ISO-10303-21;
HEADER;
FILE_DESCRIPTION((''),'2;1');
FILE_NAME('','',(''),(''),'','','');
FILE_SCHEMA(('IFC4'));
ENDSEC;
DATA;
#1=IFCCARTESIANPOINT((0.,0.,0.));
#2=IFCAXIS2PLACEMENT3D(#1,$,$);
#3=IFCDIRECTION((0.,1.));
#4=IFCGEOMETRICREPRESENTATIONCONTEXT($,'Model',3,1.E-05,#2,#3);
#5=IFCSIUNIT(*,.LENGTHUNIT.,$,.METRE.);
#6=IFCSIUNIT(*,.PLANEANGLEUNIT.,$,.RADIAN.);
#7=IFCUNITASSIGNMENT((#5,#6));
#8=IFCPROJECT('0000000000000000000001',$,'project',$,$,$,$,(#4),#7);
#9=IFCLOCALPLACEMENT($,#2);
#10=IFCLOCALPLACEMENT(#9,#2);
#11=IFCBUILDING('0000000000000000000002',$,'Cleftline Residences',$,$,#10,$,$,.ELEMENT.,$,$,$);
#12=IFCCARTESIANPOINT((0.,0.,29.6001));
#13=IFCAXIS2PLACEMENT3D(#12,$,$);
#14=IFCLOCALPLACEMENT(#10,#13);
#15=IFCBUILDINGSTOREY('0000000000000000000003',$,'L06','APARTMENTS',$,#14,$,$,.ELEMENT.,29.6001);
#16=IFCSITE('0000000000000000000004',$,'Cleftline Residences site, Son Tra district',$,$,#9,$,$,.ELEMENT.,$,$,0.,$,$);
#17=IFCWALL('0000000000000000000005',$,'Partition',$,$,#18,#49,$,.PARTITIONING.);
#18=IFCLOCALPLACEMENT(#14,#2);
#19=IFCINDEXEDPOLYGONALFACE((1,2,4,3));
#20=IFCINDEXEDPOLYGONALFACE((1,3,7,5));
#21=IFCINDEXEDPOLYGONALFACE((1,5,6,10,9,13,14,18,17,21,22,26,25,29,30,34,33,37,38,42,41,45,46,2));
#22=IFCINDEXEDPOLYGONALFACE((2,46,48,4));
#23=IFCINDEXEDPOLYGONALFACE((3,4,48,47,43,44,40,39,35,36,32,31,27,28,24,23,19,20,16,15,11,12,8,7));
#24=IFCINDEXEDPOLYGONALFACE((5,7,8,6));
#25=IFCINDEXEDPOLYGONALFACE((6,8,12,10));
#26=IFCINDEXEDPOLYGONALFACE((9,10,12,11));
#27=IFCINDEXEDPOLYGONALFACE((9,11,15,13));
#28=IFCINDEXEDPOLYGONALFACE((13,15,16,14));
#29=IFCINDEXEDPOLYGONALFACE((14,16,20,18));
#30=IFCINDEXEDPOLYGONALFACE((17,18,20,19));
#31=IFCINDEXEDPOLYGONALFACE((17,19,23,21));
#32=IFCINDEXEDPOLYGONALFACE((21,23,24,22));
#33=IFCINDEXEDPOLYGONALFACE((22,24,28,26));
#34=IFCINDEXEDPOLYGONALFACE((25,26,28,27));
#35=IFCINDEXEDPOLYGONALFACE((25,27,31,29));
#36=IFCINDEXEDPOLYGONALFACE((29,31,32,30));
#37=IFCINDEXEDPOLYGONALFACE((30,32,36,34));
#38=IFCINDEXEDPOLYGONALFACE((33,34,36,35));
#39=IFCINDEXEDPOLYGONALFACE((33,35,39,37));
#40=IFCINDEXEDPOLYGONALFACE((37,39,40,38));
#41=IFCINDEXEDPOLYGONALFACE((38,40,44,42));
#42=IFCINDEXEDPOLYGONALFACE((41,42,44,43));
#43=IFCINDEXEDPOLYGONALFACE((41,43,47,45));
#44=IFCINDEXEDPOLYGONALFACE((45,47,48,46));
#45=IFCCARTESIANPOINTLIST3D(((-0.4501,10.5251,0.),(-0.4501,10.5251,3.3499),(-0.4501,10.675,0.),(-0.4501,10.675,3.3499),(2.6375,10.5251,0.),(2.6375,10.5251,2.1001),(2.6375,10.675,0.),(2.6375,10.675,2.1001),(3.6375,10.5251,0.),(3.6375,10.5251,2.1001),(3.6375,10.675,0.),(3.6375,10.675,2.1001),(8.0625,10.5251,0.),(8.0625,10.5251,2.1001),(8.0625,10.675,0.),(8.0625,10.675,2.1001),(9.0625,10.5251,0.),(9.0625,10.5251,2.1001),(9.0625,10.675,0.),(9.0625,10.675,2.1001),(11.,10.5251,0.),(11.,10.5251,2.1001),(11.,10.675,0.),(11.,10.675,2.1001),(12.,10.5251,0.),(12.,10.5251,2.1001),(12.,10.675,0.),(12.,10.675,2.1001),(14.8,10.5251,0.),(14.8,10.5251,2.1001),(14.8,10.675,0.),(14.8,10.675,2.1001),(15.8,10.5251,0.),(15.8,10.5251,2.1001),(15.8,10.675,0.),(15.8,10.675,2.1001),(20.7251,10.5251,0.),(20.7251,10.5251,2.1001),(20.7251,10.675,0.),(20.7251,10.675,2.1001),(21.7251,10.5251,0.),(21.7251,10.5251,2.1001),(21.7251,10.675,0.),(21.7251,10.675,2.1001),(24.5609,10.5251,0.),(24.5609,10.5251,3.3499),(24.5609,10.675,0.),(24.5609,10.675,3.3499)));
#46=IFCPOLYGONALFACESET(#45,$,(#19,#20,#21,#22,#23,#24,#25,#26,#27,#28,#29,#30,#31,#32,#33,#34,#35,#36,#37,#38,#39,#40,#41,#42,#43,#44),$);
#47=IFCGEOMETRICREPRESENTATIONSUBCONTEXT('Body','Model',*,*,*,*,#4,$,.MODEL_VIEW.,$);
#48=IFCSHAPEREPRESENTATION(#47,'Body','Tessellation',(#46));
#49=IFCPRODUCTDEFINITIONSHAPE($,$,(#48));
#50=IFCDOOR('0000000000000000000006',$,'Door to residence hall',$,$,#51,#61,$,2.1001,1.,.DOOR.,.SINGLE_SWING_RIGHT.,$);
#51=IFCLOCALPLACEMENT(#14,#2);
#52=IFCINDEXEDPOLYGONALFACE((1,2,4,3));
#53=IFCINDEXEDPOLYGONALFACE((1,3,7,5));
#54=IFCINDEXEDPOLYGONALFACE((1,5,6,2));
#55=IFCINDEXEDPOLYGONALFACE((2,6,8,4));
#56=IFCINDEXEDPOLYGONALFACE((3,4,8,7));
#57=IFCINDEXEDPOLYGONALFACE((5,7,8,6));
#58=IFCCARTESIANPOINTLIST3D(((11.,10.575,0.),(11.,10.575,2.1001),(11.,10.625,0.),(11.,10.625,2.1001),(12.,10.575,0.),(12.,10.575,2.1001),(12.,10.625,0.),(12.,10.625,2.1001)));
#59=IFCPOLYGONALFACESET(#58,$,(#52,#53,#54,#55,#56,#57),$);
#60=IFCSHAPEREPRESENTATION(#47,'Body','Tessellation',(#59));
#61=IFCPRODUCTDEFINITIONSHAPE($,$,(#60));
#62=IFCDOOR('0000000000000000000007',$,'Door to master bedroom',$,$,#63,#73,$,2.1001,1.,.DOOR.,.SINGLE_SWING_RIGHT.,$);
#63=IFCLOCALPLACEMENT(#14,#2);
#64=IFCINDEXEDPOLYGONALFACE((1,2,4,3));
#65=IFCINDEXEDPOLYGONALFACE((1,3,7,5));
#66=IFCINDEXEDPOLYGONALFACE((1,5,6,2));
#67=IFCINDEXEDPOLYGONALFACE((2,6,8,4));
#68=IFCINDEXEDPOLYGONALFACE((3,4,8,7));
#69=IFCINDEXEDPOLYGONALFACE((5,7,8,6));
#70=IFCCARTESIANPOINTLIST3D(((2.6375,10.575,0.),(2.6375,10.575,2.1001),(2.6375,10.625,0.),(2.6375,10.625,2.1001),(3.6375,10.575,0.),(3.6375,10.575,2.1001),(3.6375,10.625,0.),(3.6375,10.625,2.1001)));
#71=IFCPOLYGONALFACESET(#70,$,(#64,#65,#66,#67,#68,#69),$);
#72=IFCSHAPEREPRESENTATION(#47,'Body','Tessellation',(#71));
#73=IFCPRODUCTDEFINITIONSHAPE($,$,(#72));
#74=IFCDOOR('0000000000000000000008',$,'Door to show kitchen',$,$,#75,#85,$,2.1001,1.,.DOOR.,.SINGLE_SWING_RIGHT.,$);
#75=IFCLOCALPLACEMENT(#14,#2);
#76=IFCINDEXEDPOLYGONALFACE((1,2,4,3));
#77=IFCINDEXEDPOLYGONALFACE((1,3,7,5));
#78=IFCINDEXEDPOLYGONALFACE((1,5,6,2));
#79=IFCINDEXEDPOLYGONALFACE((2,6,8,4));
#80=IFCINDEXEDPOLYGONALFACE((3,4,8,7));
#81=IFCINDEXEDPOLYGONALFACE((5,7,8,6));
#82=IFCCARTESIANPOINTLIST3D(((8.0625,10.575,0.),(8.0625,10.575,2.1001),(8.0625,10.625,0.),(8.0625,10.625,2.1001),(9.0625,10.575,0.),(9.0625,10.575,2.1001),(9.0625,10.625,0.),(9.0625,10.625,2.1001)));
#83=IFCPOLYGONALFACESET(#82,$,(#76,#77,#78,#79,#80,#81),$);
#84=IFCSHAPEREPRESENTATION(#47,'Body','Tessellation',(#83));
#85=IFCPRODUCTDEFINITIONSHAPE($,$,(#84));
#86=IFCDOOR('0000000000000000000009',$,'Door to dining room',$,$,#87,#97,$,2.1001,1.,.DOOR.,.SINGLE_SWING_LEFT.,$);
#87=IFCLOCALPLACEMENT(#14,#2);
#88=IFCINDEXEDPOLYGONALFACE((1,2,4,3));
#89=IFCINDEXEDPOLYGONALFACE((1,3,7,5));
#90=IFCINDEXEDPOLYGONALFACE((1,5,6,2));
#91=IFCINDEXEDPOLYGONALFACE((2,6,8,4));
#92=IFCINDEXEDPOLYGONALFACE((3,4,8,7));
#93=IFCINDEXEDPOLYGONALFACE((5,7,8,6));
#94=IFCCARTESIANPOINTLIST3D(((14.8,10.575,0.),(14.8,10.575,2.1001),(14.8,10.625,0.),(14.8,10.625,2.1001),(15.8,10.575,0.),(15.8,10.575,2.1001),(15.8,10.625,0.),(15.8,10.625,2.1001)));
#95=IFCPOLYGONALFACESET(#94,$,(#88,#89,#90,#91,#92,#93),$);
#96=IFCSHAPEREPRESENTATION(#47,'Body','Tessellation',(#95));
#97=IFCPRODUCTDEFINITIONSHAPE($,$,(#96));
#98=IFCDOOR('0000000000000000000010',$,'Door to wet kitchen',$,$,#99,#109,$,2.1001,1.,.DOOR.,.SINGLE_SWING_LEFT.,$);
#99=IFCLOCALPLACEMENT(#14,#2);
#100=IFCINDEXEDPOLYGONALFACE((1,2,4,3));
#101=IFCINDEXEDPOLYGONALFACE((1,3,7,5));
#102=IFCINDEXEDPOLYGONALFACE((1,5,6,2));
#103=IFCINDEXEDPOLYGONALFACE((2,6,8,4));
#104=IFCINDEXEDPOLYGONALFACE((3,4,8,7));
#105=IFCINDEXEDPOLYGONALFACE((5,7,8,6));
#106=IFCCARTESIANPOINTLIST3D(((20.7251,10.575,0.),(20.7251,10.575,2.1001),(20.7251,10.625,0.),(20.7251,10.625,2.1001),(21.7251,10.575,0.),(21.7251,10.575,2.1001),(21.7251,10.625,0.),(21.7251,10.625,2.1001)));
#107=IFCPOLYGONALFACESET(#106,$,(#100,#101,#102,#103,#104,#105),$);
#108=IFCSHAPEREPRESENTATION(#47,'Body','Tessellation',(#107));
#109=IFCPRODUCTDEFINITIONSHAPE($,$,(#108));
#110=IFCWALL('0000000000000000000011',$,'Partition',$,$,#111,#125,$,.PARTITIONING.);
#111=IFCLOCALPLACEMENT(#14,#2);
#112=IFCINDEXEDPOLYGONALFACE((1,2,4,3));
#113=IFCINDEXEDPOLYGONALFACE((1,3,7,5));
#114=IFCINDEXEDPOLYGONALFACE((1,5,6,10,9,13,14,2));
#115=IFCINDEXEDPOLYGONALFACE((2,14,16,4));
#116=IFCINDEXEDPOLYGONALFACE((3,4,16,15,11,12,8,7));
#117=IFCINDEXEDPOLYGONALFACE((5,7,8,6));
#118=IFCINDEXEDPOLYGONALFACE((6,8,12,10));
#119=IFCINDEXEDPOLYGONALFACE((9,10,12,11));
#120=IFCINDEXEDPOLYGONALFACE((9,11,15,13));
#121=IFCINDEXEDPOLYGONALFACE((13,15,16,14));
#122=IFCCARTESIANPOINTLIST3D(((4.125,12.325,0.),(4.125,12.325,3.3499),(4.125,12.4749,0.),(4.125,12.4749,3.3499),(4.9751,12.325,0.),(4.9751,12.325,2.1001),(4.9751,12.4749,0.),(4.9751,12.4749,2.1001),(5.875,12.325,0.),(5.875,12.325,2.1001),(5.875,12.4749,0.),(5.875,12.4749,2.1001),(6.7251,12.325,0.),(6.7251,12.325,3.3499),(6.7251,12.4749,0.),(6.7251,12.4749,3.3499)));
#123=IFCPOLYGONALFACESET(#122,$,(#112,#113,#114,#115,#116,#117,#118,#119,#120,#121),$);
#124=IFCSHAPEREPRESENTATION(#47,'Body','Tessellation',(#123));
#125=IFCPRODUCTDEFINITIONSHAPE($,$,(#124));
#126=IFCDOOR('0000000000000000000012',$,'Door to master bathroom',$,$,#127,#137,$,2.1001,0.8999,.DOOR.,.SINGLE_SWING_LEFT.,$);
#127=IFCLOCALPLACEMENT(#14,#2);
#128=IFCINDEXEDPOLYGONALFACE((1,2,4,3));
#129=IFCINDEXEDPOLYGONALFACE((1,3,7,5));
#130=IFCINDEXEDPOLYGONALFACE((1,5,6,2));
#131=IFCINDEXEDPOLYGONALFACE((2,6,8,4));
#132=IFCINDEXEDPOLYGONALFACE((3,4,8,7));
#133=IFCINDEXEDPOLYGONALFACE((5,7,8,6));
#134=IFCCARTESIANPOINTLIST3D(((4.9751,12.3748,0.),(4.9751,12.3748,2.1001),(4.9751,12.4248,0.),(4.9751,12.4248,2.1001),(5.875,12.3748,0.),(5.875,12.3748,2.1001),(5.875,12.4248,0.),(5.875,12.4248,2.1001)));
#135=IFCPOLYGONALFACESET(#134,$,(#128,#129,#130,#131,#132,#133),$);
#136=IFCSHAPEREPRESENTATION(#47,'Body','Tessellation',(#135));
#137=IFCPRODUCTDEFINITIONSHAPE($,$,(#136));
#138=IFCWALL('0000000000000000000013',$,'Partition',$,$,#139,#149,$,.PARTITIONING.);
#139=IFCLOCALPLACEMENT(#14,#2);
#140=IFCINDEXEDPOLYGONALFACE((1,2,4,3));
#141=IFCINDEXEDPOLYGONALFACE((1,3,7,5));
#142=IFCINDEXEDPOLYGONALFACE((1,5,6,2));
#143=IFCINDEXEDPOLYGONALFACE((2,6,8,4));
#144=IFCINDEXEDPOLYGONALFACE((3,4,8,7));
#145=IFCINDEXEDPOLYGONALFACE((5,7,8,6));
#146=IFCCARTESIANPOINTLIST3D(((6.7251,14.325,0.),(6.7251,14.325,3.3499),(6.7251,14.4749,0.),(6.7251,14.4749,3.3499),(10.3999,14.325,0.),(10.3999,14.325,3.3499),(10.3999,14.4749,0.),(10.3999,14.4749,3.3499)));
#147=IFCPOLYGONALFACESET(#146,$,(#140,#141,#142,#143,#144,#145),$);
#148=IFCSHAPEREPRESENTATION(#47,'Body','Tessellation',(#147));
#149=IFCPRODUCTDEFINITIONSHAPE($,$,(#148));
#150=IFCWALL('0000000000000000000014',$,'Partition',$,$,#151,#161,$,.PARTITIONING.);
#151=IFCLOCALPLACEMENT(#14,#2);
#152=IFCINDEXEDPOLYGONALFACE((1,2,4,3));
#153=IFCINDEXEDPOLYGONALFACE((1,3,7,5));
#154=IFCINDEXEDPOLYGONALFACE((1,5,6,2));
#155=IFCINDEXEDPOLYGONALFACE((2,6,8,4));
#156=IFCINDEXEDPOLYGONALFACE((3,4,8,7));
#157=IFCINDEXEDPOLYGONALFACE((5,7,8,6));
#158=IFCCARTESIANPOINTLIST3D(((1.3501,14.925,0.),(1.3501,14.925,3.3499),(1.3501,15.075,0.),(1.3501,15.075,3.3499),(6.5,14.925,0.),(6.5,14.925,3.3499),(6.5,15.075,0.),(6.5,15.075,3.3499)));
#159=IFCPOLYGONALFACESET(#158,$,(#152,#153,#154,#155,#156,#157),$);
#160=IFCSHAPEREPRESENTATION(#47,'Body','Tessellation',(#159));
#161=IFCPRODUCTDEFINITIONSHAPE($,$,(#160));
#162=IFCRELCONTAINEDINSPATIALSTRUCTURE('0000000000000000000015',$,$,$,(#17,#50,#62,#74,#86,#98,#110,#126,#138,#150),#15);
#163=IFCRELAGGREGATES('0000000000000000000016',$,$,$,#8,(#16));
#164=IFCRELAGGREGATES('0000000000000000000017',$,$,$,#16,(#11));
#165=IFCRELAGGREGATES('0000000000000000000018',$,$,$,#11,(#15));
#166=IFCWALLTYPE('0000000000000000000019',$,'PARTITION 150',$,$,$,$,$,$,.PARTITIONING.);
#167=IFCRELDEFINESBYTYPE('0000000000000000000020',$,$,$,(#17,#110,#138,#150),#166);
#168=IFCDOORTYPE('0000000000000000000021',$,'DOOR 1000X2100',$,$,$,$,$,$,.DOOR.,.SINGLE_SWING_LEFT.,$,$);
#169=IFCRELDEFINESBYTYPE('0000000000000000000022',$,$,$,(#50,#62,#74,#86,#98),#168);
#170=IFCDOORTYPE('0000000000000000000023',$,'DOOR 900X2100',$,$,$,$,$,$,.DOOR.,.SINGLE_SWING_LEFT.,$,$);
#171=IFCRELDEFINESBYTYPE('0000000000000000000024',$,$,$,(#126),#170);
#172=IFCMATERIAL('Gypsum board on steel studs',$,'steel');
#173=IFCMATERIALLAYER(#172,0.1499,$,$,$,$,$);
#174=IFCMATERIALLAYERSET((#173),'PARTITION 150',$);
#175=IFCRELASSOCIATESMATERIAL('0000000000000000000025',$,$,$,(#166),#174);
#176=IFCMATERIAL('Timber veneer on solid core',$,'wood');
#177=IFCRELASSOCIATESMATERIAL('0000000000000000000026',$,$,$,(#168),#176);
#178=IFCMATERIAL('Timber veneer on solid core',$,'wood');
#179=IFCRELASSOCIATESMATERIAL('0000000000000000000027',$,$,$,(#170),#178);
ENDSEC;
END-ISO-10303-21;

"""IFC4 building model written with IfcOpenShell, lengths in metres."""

from ifc_helpers import new_model, si_unit, direction, frame, frame_2d, origin, place, context, subcontext, project, spatial, rectangle, extrude, material, layer, layer_set, type_object, element, fill, save


model = new_model("IFC4")

# Units and contexts
model_context = context("Model", 3, precision=1e-05, world=origin(), true_north=direction((0.0, 1.0)))
body_context = subcontext(model_context, "Body", "Model", "MODEL_VIEW")
ifc_project = project(units=[si_unit("LENGTHUNIT", "METRE"), si_unit("PLANEANGLEUNIT", "RADIAN")], contexts=[model_context])

# Site, building, storey
site_placement = place(None, origin())
site = spatial("IfcSite", under=ifc_project, at=site_placement, Name="Cleftline Residences site, Son Tra district", CompositionType="ELEMENT", RefElevation=0.0)
building_placement = place(site_placement, origin())
building = spatial("IfcBuilding", under=site, at=building_placement, Name="Cleftline Residences", CompositionType="ELEMENT")
storey_placement = place(building_placement, frame((0.0, 0.0, 29.6001)))
storey = spatial("IfcBuildingStorey", under=building, at=storey_placement, Name="L06", Description="APARTMENTS", CompositionType="ELEMENT", Elevation=29.6001)

# Wall, openings, doors
ifc_material_1 = material(Name="Gypsum board on steel studs", Category="steel")
ifc_layer = layer(ifc_material_1, 0.1499)
ifc_layer_set = layer_set([ifc_layer], Name="PARTITION 150")
wall_type = type_object("IfcWallType", Name="PARTITION 150", PredefinedType="PARTITIONING", material=ifc_layer_set)
wall_1_placement = place(storey_placement, frame((-0.45, 10.6001, 0.0), z_axis=(0.0, 0.0, 1.0), x_axis=(1.0, 0.0, 0.0)))
wall_1 = element("IfcWall", 1, at=wall_1_placement, inside=storey, type_object=wall_type, Name="Partition", PredefinedType="PARTITIONING", context=body_context, shape_type="SweptSolid", body=[
    extrude(rectangle(XDim=25.011, YDim=0.1499, at=frame_2d((12.5054, 0.0))), origin(), (0.0, 0.0, 1.0), 3.3499),
])
opening_1_placement = place(wall_1_placement, frame((11.45, 0.0, 0.0)))
opening_1 = element("IfcOpeningElement", 2, at=opening_1_placement, cuts=wall_1, PredefinedType="OPENING", context=body_context, shape_type="SweptSolid", body=[
    extrude(rectangle(XDim=1.0, YDim=2.1001, at=frame_2d((0.5, 1.05))), frame((0.0, 0.085, 0.0), z_axis=(0.0, -1.0, 0.0), x_axis=(1.0, 0.0, 0.0)), (0.0, 0.0, 1.0), 0.1699),
])
opening_2_placement = place(wall_1_placement, frame((3.0874, 0.0, 0.0)))
opening_2 = element("IfcOpeningElement", 3, at=opening_2_placement, cuts=wall_1, PredefinedType="OPENING", context=body_context, shape_type="SweptSolid", body=[
    extrude(rectangle(XDim=1.0, YDim=2.1001, at=frame_2d((0.5, 1.05))), frame((0.0, 0.085, 0.0), z_axis=(0.0, -1.0, 0.0), x_axis=(1.0, 0.0, 0.0)), (0.0, 0.0, 1.0), 0.1699),
])
opening_3_placement = place(wall_1_placement, frame((8.5125, 0.0, 0.0)))
opening_3 = element("IfcOpeningElement", 4, at=opening_3_placement, cuts=wall_1, PredefinedType="OPENING", context=body_context, shape_type="SweptSolid", body=[
    extrude(rectangle(XDim=1.0, YDim=2.1001, at=frame_2d((0.5, 1.05))), frame((0.0, 0.085, 0.0), z_axis=(0.0, -1.0, 0.0), x_axis=(1.0, 0.0, 0.0)), (0.0, 0.0, 1.0), 0.1699),
])
opening_4_placement = place(wall_1_placement, frame((15.25, 0.0, 0.0)))
opening_4 = element("IfcOpeningElement", 5, at=opening_4_placement, cuts=wall_1, PredefinedType="OPENING", context=body_context, shape_type="SweptSolid", body=[
    extrude(rectangle(XDim=1.0, YDim=2.1001, at=frame_2d((0.5, 1.05))), frame((0.0, 0.085, 0.0), z_axis=(0.0, -1.0, 0.0), x_axis=(1.0, 0.0, 0.0)), (0.0, 0.0, 1.0), 0.1699),
])
opening_5_placement = place(wall_1_placement, frame((21.175, 0.0, 0.0)))
opening_5 = element("IfcOpeningElement", 6, at=opening_5_placement, cuts=wall_1, PredefinedType="OPENING", context=body_context, shape_type="SweptSolid", body=[
    extrude(rectangle(XDim=1.0, YDim=2.1001, at=frame_2d((0.5, 1.05))), frame((0.0, 0.085, 0.0), z_axis=(0.0, -1.0, 0.0), x_axis=(1.0, 0.0, 0.0)), (0.0, 0.0, 1.0), 0.1699),
])
ifc_material_2 = material(Name="Timber veneer on solid core", Category="wood")
door_type_1 = type_object("IfcDoorType", Name="DOOR 1000X2100", OperationType="SINGLE_SWING_LEFT", PredefinedType="DOOR", material=ifc_material_2)
door_1_placement = place(opening_1_placement, origin())
door_1 = element("IfcDoor", 7, at=door_1_placement, inside=storey, type_object=door_type_1, Name="Door to residence hall", OperationType="SINGLE_SWING_RIGHT", OverallHeight=2.1001, OverallWidth=1.0, PredefinedType="DOOR", context=body_context, shape_type="SweptSolid", body=[
    extrude(rectangle(XDim=1.0, YDim=2.1001, at=frame_2d((0.5, 1.05))), frame((0.0, 0.0249, 0.0), z_axis=(0.0, -1.0, 0.0), x_axis=(1.0, 0.0, 0.0)), (0.0, 0.0, 1.0), 0.05),
])
fill(opening_1, door_1)
door_2_placement = place(opening_2_placement, origin())
door_2 = element("IfcDoor", 8, at=door_2_placement, inside=storey, type_object=door_type_1, Name="Door to master bedroom", OperationType="SINGLE_SWING_RIGHT", OverallHeight=2.1001, OverallWidth=1.0, PredefinedType="DOOR", context=body_context, shape_type="SweptSolid", body=[
    extrude(rectangle(XDim=1.0, YDim=2.1001, at=frame_2d((0.5, 1.05))), frame((0.0, 0.0249, 0.0), z_axis=(0.0, -1.0, 0.0), x_axis=(1.0, 0.0, 0.0)), (0.0, 0.0, 1.0), 0.05),
])
fill(opening_2, door_2)
door_3_placement = place(opening_3_placement, origin())
door_3 = element("IfcDoor", 9, at=door_3_placement, inside=storey, type_object=door_type_1, Name="Door to show kitchen", OperationType="SINGLE_SWING_RIGHT", OverallHeight=2.1001, OverallWidth=1.0, PredefinedType="DOOR", context=body_context, shape_type="SweptSolid", body=[
    extrude(rectangle(XDim=1.0, YDim=2.1001, at=frame_2d((0.5, 1.05))), frame((0.0, 0.0249, 0.0), z_axis=(0.0, -1.0, 0.0), x_axis=(1.0, 0.0, 0.0)), (0.0, 0.0, 1.0), 0.05),
])
fill(opening_3, door_3)
door_4_placement = place(opening_4_placement, origin())
door_4 = element("IfcDoor", 10, at=door_4_placement, inside=storey, type_object=door_type_1, Name="Door to dining room", OperationType="SINGLE_SWING_LEFT", OverallHeight=2.1001, OverallWidth=1.0, PredefinedType="DOOR", context=body_context, shape_type="SweptSolid", body=[
    extrude(rectangle(XDim=1.0, YDim=2.1001, at=frame_2d((0.5, 1.05))), frame((0.0, 0.0249, 0.0), z_axis=(0.0, -1.0, 0.0), x_axis=(1.0, 0.0, 0.0)), (0.0, 0.0, 1.0), 0.05),
])
fill(opening_4, door_4)
door_5_placement = place(opening_5_placement, origin())
door_5 = element("IfcDoor", 11, at=door_5_placement, inside=storey, type_object=door_type_1, Name="Door to wet kitchen", OperationType="SINGLE_SWING_LEFT", OverallHeight=2.1001, OverallWidth=1.0, PredefinedType="DOOR", context=body_context, shape_type="SweptSolid", body=[
    extrude(rectangle(XDim=1.0, YDim=2.1001, at=frame_2d((0.5, 1.05))), frame((0.0, 0.0249, 0.0), z_axis=(0.0, -1.0, 0.0), x_axis=(1.0, 0.0, 0.0)), (0.0, 0.0, 1.0), 0.05),
])
fill(opening_5, door_5)

# Wall, opening, door
wall_2_placement = place(storey_placement, frame((4.125, 12.3999, 0.0), z_axis=(0.0, 0.0, 1.0), x_axis=(1.0, 0.0, 0.0)))
wall_2 = element("IfcWall", 12, at=wall_2_placement, inside=storey, type_object=wall_type, Name="Partition", PredefinedType="PARTITIONING", context=body_context, shape_type="SweptSolid", body=[
    extrude(rectangle(XDim=2.6001, YDim=0.1499, at=frame_2d((1.3, 0.0))), origin(), (0.0, 0.0, 1.0), 3.3499),
])
opening_6_placement = place(wall_2_placement, frame((0.8501, 0.0, 0.0)))
opening_6 = element("IfcOpeningElement", 13, at=opening_6_placement, cuts=wall_2, PredefinedType="OPENING", context=body_context, shape_type="SweptSolid", body=[
    extrude(rectangle(XDim=0.8999, YDim=2.1001, at=frame_2d((0.45, 1.05))), frame((0.0, 0.085, 0.0), z_axis=(0.0, -1.0, 0.0), x_axis=(1.0, 0.0, 0.0)), (0.0, 0.0, 1.0), 0.1699),
])
ifc_material_3 = material(Name="Timber veneer on solid core", Category="wood")
door_type_2 = type_object("IfcDoorType", Name="DOOR 900X2100", OperationType="SINGLE_SWING_LEFT", PredefinedType="DOOR", material=ifc_material_3)
door_6_placement = place(opening_6_placement, origin())
door_6 = element("IfcDoor", 14, at=door_6_placement, inside=storey, type_object=door_type_2, Name="Door to master bathroom", OperationType="SINGLE_SWING_LEFT", OverallHeight=2.1001, OverallWidth=0.8999, PredefinedType="DOOR", context=body_context, shape_type="SweptSolid", body=[
    extrude(rectangle(XDim=0.8999, YDim=2.1001, at=frame_2d((0.45, 1.05))), frame((0.0, 0.0249, 0.0), z_axis=(0.0, -1.0, 0.0), x_axis=(1.0, 0.0, 0.0)), (0.0, 0.0, 1.0), 0.05),
])
fill(opening_6, door_6)

# Walls
wall_3_placement = place(storey_placement, frame((6.7251, 14.3999, 0.0), z_axis=(0.0, 0.0, 1.0), x_axis=(1.0, 0.0, 0.0)))
element("IfcWall", 15, at=wall_3_placement, inside=storey, type_object=wall_type, Name="Partition", PredefinedType="PARTITIONING", context=body_context, shape_type="SweptSolid", body=[
    extrude(rectangle(XDim=3.6748, YDim=0.1499, at=frame_2d((1.8374, 0.0))), origin(), (0.0, 0.0, 1.0), 3.3499),
])
wall_4_placement = place(storey_placement, frame((1.3501, 15.0, 0.0), z_axis=(0.0, 0.0, 1.0), x_axis=(1.0, 0.0, 0.0)))
element("IfcWall", 16, at=wall_4_placement, inside=storey, type_object=wall_type, Name="Partition", PredefinedType="PARTITIONING", context=body_context, shape_type="SweptSolid", body=[
    extrude(rectangle(XDim=5.1499, YDim=0.1499, at=frame_2d((2.575, 0.0))), origin(), (0.0, 0.0, 1.0), 3.3499),
])

save(model, "model.ifc")
